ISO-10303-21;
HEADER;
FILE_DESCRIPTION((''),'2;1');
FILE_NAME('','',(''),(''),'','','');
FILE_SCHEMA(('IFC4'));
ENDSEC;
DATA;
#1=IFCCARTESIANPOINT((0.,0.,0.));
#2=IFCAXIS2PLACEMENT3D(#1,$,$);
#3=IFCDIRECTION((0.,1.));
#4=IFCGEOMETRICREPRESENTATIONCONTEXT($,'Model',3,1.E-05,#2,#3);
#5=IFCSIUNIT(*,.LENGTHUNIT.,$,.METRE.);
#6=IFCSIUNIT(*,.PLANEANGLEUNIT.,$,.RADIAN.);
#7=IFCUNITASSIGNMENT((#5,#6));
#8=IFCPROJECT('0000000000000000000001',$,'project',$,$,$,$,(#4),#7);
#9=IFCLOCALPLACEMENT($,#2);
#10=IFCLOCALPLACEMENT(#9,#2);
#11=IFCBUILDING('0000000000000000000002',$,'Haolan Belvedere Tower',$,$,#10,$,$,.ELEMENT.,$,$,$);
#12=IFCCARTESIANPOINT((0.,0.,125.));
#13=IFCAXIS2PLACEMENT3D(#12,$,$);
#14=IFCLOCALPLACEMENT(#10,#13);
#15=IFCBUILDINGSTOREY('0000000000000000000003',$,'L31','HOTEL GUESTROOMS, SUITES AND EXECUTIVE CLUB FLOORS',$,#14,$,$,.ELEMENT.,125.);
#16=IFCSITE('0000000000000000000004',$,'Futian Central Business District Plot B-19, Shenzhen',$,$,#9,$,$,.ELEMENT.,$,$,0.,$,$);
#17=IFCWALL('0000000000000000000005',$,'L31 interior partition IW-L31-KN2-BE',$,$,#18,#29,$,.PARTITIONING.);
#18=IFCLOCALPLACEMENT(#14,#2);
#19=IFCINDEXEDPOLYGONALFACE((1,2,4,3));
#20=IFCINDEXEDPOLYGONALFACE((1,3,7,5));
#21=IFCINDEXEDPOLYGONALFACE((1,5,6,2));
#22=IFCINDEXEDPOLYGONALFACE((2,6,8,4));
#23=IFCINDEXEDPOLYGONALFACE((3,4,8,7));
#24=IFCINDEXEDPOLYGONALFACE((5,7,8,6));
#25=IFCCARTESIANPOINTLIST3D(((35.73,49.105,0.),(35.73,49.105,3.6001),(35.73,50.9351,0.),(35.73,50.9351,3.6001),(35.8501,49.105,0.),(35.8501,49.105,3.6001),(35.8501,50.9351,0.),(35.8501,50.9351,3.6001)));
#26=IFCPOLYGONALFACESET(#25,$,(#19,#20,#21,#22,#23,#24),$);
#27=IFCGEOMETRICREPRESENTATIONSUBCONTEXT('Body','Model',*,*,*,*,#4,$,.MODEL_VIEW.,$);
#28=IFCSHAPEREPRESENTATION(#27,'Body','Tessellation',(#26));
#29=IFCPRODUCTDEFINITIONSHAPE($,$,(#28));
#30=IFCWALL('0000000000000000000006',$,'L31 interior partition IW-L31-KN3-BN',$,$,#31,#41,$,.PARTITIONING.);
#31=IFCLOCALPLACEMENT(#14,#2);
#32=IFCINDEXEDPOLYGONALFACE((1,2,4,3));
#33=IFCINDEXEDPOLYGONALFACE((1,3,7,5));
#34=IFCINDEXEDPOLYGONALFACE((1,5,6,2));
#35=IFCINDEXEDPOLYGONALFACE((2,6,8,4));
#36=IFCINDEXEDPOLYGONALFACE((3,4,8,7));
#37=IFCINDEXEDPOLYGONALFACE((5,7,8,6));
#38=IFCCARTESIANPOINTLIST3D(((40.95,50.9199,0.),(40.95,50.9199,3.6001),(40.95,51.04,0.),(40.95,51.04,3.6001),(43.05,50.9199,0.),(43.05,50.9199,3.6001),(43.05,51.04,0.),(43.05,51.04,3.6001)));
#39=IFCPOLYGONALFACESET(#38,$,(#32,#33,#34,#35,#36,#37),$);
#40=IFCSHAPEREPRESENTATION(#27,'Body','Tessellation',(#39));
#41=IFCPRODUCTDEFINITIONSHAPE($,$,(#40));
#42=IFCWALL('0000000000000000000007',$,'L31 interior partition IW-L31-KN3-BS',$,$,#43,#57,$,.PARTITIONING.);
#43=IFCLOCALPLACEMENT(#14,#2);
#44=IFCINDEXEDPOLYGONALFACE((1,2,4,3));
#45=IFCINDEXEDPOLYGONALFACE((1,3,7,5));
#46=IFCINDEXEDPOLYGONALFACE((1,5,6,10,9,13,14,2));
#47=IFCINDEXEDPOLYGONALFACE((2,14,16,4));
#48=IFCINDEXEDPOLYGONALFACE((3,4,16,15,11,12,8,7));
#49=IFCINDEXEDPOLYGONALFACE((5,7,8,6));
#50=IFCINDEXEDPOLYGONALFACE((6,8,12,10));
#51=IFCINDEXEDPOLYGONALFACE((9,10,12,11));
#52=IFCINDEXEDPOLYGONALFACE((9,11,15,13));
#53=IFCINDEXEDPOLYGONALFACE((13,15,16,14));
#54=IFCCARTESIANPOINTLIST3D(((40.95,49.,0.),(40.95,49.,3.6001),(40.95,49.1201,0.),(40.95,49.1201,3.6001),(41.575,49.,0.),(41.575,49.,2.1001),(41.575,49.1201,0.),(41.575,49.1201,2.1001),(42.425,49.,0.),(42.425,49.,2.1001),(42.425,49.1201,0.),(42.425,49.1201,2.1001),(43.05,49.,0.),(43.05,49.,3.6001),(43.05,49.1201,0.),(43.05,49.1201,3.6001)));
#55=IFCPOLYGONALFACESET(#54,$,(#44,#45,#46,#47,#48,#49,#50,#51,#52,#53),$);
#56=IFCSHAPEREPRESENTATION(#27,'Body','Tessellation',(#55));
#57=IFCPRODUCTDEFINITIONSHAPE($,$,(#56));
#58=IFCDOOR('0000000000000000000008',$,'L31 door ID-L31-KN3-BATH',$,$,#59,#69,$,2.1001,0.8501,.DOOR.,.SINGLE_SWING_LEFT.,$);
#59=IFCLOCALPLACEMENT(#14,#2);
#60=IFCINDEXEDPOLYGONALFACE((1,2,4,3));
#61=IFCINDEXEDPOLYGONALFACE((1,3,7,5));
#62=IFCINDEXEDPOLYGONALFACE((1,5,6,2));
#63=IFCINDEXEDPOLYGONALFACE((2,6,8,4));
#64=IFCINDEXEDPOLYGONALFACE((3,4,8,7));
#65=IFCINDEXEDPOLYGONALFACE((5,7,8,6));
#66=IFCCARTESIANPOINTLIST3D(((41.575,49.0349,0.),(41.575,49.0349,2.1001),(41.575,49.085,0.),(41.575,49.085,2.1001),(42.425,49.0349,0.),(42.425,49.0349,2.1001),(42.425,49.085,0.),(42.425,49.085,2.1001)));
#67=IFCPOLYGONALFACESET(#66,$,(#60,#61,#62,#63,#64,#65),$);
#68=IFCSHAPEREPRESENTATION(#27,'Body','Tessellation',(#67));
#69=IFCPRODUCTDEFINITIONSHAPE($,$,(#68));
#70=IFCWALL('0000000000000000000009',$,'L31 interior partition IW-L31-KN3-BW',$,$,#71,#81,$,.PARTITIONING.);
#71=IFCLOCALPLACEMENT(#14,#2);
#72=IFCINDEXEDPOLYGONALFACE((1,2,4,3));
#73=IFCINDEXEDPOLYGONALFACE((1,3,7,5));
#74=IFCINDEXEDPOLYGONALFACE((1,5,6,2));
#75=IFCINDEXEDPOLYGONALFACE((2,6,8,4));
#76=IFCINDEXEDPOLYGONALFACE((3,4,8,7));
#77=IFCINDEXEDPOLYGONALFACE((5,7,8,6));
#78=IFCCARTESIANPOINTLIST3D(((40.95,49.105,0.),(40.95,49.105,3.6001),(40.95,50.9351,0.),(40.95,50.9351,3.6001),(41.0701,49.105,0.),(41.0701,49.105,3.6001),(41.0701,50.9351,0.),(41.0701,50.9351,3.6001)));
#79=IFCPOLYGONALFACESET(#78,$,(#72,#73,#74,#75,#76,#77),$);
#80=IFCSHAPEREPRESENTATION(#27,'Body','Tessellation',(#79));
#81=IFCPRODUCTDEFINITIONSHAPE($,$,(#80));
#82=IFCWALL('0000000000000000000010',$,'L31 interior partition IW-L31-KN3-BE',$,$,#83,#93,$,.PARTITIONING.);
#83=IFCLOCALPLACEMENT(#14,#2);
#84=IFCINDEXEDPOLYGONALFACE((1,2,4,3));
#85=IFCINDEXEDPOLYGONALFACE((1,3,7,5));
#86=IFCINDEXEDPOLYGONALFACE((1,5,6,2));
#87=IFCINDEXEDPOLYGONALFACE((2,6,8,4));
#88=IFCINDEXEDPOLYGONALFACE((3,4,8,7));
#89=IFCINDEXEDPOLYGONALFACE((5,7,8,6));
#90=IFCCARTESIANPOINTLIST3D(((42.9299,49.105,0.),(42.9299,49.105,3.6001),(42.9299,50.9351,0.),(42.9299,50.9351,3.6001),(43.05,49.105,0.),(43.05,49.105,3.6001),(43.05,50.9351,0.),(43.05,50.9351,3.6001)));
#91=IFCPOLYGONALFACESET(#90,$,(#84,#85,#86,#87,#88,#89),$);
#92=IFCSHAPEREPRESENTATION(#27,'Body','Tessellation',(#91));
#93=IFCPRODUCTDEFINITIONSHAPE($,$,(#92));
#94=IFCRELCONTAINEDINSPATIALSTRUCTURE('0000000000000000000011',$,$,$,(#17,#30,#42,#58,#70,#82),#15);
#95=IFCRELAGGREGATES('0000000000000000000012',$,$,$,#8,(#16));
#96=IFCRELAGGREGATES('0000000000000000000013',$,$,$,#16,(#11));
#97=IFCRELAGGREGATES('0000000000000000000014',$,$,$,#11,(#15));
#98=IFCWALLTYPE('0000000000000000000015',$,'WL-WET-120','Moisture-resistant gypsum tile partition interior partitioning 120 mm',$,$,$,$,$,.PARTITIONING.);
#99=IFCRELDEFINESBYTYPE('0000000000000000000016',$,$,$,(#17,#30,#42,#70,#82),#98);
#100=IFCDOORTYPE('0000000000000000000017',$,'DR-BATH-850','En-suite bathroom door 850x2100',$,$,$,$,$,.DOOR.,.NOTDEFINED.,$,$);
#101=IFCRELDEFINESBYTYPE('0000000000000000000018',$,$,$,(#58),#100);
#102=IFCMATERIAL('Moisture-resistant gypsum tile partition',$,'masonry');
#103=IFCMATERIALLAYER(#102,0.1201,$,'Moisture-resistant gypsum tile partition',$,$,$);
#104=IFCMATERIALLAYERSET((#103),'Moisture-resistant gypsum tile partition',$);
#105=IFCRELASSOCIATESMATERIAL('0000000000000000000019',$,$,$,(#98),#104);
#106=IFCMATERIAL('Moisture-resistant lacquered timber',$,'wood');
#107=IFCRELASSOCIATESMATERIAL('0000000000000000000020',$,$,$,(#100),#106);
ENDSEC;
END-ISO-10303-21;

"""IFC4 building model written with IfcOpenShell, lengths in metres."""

from ifc_helpers import new_model, si_unit, direction, frame, frame_2d, origin, place, context, subcontext, project, spatial, rectangle, extrude, material, layer, layer_set, type_object, element, fill, save


model = new_model("IFC4")

# Units and contexts
model_context = context("Model", 3, precision=1e-05, world=origin(), true_north=direction((0.0, 1.0)))
body_context = subcontext(model_context, "Body", "Model", "MODEL_VIEW")
ifc_project = project(units=[si_unit("LENGTHUNIT", "METRE"), si_unit("PLANEANGLEUNIT", "RADIAN")], contexts=[model_context])

# Site, building, storey
site_placement = place(None, origin())
site = spatial("IfcSite", under=ifc_project, at=site_placement, Name="Futian Central Business District Plot B-19, Shenzhen", CompositionType="ELEMENT", RefElevation=0.0)
building_placement = place(site_placement, origin())
building = spatial("IfcBuilding", under=site, at=building_placement, Name="Haolan Belvedere Tower", CompositionType="ELEMENT")
storey_placement = place(building_placement, frame((0.0, 0.0, 125.0)))
storey = spatial("IfcBuildingStorey", under=building, at=storey_placement, Name="L31", Description="HOTEL GUESTROOMS, SUITES AND EXECUTIVE CLUB FLOORS", CompositionType="ELEMENT", Elevation=125.0)

# Walls
ifc_material_1 = material(Name="Moisture-resistant gypsum tile partition", Category="masonry")
ifc_layer_1 = layer(ifc_material_1, 0.1201, Name="Moisture-resistant gypsum tile partition")
ifc_layer_set_1 = layer_set([ifc_layer_1], Name="Moisture-resistant gypsum tile partition")
wall_type_1 = type_object("IfcWallType", Name="WL-WET-120", Description="Moisture-resistant gypsum tile partition interior partitioning 120 mm", PredefinedType="PARTITIONING", material=ifc_layer_set_1)
wall_1_placement = place(storey_placement, frame((35.79, 49.105, 0.0), z_axis=(0.0, 0.0, 1.0), x_axis=(0.0, 1.0, 0.0)))
element("IfcWall", 1, at=wall_1_placement, inside=storey, type_object=wall_type_1, Name="L31 interior partition IW-L31-KN2-BE", PredefinedType="PARTITIONING", context=body_context, shape_type="SweptSolid", body=[
    extrude(rectangle(XDim=1.8301, YDim=0.1201, at=frame_2d((0.915, 0.0))), origin(), (0.0, 0.0, 1.0), 3.6001),
])
wall_2_placement = place(storey_placement, frame((40.95, 50.98, 0.0), z_axis=(0.0, 0.0, 1.0), x_axis=(1.0, 0.0, 0.0)))
element("IfcWall", 2, at=wall_2_placement, inside=storey, type_object=wall_type_1, Name="L31 interior partition IW-L31-KN3-BN", PredefinedType="PARTITIONING", context=body_context, shape_type="SweptSolid", body=[
    extrude(rectangle(XDim=2.1001, YDim=0.1201, at=frame_2d((1.05, 0.0))), origin(), (0.0, 0.0, 1.0), 3.6001),
])

# Wall, opening, door
wall_3_placement = place(storey_placement, frame((40.95, 49.0601, 0.0), z_axis=(0.0, 0.0, 1.0), x_axis=(1.0, 0.0, 0.0)))
wall_3 = element("IfcWall", 3, at=wall_3_placement, inside=storey, type_object=wall_type_1, Name="L31 interior partition IW-L31-KN3-BS", PredefinedType="PARTITIONING", context=body_context, shape_type="SweptSolid", body=[
    extrude(rectangle(XDim=2.1001, YDim=0.1201, at=frame_2d((1.05, 0.0))), origin(), (0.0, 0.0, 1.0), 3.6001),
])
opening_1_placement = place(wall_3_placement, frame((0.625, 0.0, 0.0)))
opening_1 = element("IfcOpeningElement", 4, at=opening_1_placement, cuts=wall_3, PredefinedType="OPENING", context=body_context, shape_type="SweptSolid", body=[
    extrude(rectangle(XDim=0.8501, YDim=2.1001, at=frame_2d((0.425, 1.05))), frame((0.0, 0.0701, 0.0), z_axis=(0.0, -1.0, 0.0), x_axis=(1.0, 0.0, 0.0)), (0.0, 0.0, 1.0), 0.1401),
])
ifc_material_2 = material(Name="Moisture-resistant lacquered timber", Category="wood")
door_type_1 = type_object("IfcDoorType", Name="DR-BATH-850", Description="En-suite bathroom door 850x2100", OperationType="NOTDEFINED", PredefinedType="DOOR", material=ifc_material_2)
door_1_placement = place(opening_1_placement, origin())
door_1 = element("IfcDoor", 5, at=door_1_placement, inside=storey, type_object=door_type_1, Name="L31 door ID-L31-KN3-BATH", OperationType="SINGLE_SWING_LEFT", OverallHeight=2.1001, OverallWidth=0.8501, PredefinedType="DOOR", context=body_context, shape_type="SweptSolid", body=[
    extrude(rectangle(XDim=0.8501, YDim=2.1001, at=frame_2d((0.425, 1.05))), frame((0.0, 0.0249, 0.0), z_axis=(0.0, -1.0, 0.0), x_axis=(1.0, 0.0, 0.0)), (0.0, 0.0, 1.0), 0.05),
])
fill(opening_1, door_1)

# Walls
for number, where, z_axis, x_axis, name in (
    (6, (41.01, 49.105, 0.0), (0.0, 0.0, 1.0), (0.0, 1.0, 0.0), "L31 interior partition IW-L31-KN3-BW"),
    (7, (42.99, 49.105, 0.0), (0.0, 0.0, 1.0), (0.0, 1.0, 0.0), "L31 interior partition IW-L31-KN3-BE"),
):
    element("IfcWall", number, at=place(storey_placement, frame(where, z_axis=z_axis, x_axis=x_axis)), inside=storey, type_object=wall_type_1, Name=name, PredefinedType="PARTITIONING", context=body_context, shape_type="SweptSolid", body=[
        extrude(rectangle(XDim=1.8301, YDim=0.1201, at=frame_2d((0.915, 0.0))), origin(), (0.0, 0.0, 1.0), 3.6001),
    ])

save(model, "model.ifc")
